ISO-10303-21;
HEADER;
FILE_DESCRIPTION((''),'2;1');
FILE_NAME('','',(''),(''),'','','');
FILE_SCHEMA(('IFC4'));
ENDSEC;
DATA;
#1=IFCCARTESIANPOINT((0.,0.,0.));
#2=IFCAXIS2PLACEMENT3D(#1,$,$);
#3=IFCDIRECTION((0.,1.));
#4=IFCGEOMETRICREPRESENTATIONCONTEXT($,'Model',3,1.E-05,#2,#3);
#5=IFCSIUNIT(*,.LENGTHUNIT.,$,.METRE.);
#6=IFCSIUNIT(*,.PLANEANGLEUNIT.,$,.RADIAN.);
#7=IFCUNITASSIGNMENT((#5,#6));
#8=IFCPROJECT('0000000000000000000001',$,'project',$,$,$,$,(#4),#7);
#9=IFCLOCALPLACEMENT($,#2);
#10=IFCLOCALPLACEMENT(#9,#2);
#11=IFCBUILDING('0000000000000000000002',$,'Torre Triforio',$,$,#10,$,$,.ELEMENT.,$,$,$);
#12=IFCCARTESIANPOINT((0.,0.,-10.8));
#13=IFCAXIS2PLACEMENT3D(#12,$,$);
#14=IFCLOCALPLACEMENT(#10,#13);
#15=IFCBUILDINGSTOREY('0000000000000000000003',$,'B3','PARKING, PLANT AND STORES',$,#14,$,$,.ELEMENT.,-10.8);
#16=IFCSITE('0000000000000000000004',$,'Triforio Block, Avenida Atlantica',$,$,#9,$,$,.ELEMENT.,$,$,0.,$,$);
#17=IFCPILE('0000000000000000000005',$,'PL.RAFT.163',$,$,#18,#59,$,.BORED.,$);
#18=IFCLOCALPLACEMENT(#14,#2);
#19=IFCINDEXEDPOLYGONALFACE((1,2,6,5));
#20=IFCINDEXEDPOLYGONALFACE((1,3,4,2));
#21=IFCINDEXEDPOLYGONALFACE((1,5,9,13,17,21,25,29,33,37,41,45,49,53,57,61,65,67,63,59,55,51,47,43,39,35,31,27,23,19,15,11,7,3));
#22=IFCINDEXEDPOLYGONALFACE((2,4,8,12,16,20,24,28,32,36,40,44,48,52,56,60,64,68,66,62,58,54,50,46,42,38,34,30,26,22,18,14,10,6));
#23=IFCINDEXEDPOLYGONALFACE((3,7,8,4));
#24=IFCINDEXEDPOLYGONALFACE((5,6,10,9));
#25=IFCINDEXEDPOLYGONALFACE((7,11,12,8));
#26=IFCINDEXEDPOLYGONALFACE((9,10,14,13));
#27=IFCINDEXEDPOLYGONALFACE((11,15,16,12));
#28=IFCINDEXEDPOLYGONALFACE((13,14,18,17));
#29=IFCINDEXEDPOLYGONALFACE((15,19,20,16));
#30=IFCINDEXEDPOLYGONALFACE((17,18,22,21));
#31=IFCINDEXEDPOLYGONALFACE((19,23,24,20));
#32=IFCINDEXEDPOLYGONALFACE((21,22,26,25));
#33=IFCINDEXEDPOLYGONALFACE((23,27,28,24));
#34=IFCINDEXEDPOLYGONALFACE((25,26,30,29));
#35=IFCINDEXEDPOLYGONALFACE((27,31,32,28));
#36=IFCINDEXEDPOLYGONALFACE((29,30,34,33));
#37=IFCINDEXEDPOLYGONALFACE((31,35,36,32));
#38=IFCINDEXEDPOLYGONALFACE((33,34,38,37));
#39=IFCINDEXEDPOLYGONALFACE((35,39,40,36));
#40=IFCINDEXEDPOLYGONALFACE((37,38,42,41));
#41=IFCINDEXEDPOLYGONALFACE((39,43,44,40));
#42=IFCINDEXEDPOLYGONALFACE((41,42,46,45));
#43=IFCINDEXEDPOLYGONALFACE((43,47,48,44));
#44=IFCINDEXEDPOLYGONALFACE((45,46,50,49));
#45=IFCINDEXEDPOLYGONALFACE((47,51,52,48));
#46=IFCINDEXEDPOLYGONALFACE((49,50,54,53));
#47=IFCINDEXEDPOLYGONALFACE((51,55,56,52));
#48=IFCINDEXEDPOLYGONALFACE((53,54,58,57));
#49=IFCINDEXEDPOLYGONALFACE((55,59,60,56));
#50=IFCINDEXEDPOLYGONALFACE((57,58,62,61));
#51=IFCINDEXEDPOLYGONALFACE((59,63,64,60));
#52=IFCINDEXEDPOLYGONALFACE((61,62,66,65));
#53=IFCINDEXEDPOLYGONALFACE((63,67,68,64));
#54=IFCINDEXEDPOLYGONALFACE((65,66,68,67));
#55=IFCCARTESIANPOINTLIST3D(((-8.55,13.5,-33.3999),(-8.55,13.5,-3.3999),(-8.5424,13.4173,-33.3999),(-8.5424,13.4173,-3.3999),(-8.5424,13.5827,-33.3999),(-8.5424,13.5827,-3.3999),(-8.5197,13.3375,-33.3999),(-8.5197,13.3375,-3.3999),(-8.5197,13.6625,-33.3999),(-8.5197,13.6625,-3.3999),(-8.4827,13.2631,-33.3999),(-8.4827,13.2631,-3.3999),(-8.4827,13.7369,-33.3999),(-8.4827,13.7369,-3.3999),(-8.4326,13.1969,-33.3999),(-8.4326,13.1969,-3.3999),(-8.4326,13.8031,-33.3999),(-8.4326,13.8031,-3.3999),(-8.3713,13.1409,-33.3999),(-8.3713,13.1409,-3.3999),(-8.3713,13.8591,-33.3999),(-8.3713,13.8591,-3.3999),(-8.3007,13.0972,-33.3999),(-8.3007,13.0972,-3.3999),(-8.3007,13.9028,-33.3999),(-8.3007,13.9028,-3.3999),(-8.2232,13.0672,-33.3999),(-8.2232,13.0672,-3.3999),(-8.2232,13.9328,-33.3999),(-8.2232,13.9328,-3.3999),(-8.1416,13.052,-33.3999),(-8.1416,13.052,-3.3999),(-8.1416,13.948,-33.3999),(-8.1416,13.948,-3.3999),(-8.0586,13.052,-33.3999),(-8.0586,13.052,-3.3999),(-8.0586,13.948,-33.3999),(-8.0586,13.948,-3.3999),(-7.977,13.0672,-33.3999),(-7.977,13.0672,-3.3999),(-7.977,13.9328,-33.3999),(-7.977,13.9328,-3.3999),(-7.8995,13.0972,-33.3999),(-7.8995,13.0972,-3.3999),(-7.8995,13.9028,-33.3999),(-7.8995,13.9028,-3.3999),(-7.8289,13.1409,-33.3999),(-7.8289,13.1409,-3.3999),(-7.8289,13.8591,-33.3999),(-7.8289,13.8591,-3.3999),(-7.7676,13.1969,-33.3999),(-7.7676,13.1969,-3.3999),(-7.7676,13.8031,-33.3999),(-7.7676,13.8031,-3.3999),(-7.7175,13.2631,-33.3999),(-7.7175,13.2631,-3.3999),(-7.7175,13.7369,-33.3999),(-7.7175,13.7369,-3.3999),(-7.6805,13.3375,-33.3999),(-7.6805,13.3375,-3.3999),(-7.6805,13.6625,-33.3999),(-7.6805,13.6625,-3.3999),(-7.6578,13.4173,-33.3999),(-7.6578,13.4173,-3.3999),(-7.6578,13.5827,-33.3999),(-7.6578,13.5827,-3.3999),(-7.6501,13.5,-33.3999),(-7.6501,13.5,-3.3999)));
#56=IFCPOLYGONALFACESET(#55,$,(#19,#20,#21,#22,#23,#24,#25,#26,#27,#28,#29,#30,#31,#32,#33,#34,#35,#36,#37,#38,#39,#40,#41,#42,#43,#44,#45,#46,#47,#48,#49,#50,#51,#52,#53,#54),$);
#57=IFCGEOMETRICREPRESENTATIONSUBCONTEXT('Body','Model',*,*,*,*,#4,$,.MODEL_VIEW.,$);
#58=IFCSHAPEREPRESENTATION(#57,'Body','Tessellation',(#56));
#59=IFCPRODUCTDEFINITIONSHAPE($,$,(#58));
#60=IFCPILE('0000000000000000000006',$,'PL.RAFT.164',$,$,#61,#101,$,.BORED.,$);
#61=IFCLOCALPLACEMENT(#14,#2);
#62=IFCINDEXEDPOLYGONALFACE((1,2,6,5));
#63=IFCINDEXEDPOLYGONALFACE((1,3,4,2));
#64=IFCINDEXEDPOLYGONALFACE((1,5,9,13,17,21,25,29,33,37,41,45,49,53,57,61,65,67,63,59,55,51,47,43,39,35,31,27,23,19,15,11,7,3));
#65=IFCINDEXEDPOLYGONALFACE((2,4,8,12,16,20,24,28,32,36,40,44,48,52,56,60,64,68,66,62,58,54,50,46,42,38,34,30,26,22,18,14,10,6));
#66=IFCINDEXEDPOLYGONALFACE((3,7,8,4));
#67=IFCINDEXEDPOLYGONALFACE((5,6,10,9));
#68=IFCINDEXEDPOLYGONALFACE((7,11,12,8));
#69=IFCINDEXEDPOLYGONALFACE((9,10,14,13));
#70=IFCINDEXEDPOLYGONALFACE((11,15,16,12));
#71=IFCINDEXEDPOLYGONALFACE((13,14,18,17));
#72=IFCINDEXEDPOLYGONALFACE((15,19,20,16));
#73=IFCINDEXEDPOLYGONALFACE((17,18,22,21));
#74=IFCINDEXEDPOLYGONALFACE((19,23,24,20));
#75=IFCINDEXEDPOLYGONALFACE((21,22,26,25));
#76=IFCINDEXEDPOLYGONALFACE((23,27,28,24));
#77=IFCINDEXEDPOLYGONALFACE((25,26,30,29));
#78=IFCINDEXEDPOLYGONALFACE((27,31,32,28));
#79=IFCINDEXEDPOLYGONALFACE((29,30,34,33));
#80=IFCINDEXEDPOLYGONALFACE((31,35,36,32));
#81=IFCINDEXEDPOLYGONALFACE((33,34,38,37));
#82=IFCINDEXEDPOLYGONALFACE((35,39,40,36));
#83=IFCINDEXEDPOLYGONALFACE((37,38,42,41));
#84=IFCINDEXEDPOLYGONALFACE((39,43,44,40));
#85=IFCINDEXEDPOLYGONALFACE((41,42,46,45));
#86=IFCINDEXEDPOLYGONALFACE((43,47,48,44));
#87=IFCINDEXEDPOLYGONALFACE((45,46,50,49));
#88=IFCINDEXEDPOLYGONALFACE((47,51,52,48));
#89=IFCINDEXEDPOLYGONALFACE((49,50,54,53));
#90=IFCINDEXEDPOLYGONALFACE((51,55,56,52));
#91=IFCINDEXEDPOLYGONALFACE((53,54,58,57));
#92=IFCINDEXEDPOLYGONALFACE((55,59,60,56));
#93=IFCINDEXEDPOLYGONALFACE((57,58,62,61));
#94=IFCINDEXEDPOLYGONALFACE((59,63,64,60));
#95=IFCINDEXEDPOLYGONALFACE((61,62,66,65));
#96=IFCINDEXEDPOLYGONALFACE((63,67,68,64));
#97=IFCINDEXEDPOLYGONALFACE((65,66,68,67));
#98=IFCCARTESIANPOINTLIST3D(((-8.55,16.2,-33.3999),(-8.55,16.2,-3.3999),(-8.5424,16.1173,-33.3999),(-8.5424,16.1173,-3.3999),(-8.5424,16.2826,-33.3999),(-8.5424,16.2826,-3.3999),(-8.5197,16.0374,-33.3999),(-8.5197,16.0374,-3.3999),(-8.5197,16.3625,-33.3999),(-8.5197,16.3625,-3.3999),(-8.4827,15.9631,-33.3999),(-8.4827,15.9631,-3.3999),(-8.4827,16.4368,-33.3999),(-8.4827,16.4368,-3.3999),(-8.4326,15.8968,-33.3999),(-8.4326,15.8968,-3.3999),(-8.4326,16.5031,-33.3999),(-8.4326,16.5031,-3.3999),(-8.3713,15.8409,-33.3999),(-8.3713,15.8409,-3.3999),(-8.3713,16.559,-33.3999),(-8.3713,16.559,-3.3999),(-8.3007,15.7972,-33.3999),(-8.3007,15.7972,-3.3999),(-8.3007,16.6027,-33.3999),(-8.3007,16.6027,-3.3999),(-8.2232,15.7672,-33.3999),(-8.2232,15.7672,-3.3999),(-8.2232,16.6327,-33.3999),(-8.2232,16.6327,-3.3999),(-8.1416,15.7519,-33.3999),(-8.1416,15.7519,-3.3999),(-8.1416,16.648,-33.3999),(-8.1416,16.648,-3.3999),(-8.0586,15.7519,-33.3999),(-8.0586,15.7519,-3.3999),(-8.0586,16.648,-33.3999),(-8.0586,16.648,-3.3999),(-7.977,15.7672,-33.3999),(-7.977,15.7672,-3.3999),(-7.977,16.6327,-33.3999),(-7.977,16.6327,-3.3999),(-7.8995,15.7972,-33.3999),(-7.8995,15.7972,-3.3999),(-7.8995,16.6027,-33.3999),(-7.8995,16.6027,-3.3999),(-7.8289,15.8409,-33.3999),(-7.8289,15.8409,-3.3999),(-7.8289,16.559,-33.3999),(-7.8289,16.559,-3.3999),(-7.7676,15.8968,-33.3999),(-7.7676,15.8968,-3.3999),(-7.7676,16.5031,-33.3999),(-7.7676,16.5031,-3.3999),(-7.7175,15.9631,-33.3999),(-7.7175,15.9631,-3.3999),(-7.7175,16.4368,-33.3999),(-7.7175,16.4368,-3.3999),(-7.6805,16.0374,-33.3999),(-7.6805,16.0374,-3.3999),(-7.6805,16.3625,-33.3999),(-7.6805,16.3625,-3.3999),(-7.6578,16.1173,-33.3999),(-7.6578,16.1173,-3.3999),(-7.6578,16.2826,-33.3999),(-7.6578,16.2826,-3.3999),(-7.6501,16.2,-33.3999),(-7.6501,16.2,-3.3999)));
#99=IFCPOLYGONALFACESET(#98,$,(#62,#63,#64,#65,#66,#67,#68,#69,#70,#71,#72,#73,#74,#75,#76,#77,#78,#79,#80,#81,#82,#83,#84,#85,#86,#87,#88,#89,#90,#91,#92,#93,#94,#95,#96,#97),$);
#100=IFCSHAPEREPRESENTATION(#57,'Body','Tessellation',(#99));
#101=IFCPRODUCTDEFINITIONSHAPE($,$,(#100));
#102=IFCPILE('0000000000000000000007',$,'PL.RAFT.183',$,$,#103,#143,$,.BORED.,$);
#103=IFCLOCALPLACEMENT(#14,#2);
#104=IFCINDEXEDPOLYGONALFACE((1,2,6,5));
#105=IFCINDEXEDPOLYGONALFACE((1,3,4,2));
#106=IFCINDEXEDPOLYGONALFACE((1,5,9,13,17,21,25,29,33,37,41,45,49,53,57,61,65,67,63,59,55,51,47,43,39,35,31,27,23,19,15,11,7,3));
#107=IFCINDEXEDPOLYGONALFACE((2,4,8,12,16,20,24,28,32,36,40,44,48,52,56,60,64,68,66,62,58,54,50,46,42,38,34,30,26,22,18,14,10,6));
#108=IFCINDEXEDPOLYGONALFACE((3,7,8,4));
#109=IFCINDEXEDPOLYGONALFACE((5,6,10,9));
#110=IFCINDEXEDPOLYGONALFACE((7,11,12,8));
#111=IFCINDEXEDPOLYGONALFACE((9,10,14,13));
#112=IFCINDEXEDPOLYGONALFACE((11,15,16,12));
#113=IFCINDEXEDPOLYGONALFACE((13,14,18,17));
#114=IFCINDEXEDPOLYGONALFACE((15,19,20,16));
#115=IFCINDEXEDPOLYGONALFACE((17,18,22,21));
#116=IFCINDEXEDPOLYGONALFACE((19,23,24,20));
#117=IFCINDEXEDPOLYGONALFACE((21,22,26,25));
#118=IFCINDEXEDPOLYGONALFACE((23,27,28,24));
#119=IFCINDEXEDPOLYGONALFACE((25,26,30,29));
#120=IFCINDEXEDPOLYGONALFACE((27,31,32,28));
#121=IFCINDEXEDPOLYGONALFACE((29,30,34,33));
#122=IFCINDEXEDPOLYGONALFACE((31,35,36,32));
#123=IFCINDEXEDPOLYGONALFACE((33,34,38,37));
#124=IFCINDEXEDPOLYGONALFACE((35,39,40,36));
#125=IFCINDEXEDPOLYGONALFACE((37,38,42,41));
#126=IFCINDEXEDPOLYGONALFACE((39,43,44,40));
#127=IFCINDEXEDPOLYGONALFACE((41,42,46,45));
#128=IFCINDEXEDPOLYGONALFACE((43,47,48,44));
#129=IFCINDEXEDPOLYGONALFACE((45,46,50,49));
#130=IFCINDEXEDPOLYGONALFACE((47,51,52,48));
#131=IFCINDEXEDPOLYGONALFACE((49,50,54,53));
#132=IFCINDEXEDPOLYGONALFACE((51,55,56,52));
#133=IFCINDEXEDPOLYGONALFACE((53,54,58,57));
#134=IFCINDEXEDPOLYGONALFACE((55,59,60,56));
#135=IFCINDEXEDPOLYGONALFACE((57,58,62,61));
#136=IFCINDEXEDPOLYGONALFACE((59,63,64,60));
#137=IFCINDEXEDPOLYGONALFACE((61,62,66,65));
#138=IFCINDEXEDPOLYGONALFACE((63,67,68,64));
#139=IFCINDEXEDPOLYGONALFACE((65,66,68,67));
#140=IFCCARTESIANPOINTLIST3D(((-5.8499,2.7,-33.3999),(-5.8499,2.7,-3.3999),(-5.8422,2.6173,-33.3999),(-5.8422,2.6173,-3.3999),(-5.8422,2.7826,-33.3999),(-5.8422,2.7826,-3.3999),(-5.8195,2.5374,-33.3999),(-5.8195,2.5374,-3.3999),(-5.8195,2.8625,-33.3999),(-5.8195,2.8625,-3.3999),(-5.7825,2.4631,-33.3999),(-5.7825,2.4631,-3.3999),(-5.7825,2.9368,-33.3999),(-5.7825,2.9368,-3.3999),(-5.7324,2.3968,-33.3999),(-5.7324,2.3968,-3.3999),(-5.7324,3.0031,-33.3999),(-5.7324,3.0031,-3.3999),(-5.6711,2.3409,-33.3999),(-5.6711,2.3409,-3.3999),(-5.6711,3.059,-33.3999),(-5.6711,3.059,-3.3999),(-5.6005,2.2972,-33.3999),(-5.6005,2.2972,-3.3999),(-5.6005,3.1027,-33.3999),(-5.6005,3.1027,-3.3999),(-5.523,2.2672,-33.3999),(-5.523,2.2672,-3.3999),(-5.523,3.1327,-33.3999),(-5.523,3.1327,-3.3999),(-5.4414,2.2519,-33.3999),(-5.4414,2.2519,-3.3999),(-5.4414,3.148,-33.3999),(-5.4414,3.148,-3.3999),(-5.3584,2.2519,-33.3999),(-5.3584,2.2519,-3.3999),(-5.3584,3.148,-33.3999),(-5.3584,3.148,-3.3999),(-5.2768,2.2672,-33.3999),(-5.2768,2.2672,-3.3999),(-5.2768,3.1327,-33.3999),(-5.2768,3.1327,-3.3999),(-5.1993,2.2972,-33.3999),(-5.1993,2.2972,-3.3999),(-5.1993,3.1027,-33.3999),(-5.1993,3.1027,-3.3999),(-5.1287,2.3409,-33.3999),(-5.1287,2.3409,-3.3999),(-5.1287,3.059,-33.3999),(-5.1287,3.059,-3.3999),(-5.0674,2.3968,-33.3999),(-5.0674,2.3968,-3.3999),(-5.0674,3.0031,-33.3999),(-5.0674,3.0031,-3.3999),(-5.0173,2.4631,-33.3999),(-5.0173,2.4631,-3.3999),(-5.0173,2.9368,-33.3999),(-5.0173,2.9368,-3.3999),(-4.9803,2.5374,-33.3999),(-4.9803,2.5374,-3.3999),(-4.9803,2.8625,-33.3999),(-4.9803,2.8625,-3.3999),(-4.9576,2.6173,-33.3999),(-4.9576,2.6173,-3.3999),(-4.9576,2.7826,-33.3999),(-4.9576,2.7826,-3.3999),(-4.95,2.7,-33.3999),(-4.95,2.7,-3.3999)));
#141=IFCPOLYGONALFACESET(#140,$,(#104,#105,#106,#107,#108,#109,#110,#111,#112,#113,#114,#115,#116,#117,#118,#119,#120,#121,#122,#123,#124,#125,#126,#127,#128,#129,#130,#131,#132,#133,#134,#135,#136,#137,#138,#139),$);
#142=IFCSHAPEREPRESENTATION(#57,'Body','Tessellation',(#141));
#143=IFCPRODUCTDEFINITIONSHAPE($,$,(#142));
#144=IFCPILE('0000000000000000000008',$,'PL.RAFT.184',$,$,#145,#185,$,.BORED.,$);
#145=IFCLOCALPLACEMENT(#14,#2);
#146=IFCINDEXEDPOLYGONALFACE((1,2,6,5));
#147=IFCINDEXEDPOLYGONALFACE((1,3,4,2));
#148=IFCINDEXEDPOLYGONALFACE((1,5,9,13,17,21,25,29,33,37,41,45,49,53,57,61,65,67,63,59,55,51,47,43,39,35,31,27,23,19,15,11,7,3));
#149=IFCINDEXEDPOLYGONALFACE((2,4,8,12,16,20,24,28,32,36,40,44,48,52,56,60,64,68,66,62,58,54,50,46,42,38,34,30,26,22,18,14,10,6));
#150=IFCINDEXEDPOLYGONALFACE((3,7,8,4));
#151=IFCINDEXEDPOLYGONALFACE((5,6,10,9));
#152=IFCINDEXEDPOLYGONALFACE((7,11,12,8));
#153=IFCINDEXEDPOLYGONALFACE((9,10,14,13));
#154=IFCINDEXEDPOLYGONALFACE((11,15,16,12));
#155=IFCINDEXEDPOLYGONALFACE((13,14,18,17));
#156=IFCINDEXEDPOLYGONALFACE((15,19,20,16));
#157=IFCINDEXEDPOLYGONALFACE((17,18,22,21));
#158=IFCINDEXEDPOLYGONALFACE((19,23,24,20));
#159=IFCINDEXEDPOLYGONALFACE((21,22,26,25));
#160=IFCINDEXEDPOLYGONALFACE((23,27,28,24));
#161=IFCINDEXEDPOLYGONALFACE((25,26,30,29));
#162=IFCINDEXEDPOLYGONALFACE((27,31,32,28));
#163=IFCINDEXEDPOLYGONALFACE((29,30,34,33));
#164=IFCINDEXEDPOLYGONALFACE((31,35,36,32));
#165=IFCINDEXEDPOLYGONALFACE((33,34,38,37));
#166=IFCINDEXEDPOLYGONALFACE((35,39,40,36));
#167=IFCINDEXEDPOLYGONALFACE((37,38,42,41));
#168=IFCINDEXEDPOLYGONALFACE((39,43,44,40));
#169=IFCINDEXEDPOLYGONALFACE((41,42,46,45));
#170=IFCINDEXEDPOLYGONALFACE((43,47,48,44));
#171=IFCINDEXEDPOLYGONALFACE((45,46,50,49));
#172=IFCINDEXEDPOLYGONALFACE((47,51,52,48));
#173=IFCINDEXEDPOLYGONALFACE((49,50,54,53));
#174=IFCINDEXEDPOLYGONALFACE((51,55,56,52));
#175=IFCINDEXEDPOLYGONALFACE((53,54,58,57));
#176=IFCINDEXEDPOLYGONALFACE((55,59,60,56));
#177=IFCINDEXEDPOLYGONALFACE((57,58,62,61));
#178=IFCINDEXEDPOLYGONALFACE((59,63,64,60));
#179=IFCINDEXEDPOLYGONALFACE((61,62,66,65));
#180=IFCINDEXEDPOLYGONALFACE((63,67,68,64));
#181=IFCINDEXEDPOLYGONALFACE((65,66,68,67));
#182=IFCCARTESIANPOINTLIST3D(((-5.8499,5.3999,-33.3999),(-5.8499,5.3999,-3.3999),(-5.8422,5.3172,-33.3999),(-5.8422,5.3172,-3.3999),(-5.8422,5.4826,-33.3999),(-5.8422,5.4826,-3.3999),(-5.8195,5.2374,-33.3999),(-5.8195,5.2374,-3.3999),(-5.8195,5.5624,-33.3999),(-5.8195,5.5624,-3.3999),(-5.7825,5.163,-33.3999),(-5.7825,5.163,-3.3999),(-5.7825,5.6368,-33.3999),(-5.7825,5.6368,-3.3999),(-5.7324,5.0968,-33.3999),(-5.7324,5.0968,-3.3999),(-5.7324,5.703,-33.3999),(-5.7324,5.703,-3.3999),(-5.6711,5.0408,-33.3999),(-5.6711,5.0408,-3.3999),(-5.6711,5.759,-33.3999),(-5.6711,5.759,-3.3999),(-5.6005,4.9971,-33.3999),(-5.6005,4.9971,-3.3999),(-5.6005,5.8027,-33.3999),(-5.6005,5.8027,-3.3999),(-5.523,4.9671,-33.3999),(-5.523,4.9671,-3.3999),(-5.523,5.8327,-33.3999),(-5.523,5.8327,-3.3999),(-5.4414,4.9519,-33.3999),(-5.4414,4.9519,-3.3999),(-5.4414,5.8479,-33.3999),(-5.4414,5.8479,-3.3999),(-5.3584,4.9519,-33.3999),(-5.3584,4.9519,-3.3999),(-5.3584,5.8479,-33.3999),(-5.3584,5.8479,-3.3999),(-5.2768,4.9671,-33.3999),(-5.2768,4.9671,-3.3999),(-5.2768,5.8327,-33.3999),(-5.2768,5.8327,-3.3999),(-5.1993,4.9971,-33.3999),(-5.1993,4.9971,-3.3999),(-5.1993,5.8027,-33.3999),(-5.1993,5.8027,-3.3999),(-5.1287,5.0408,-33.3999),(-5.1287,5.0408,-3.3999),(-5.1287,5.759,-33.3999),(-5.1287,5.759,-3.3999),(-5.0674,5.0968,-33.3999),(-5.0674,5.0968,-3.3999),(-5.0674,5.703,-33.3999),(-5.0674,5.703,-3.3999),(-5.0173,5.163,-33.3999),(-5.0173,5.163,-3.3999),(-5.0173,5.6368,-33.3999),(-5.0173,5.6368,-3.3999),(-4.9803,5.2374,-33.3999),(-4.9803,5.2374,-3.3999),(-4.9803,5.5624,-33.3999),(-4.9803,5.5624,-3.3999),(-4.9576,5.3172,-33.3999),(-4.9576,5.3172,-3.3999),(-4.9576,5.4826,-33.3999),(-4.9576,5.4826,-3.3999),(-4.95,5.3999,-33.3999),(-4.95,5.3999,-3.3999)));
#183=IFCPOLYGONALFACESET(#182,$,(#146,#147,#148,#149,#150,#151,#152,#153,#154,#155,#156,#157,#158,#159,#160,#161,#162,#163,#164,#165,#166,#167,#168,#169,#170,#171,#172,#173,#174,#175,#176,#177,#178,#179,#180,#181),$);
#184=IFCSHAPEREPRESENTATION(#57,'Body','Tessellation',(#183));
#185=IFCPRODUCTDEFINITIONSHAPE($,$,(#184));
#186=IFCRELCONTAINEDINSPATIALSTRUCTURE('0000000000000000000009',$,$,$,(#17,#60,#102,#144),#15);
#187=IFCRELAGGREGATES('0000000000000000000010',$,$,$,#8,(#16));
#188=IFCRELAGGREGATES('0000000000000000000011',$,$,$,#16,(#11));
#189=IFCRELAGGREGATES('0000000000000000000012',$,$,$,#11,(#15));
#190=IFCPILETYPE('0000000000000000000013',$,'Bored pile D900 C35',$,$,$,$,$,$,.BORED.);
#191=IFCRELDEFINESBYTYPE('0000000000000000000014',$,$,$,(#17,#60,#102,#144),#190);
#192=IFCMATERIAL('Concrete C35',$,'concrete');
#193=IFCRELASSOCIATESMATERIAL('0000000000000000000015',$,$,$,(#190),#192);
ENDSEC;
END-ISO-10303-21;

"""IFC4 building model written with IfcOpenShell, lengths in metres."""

from ifc_helpers import new_model, si_unit, direction, frame, origin, origin_2d, place, context, subcontext, project, spatial, circle, extrude, material, material_profile, profile_set, type_object, element, save


model = new_model("IFC4")

# Units and contexts
model_context = context("Model", 3, precision=1e-05, world=origin(), true_north=direction((0.0, 1.0)))
body_context = subcontext(model_context, "Body", "Model", "MODEL_VIEW")
ifc_project = project(units=[si_unit("LENGTHUNIT", "METRE"), si_unit("PLANEANGLEUNIT", "RADIAN")], contexts=[model_context])

# Site, building, storey
site_placement = place(None, origin())
site = spatial("IfcSite", under=ifc_project, at=site_placement, Name="Triforio Block, Avenida Atlantica", CompositionType="ELEMENT", RefElevation=0.0)
building_placement = place(site_placement, origin())
building = spatial("IfcBuilding", under=site, at=building_placement, Name="Torre Triforio", CompositionType="ELEMENT")
storey_placement = place(building_placement, frame((0.0, 0.0, -10.8)))
storey = spatial("IfcBuildingStorey", under=building, at=storey_placement, Name="B3", Description="PARKING, PLANT AND STORES", CompositionType="ELEMENT", Elevation=-10.8)

# Piles
ifc_material_1 = material(Name="Concrete C35", Category="concrete")
ifc_material_profile = material_profile(ifc_material_1, circle(Radius=0.45, at=origin_2d()), Name="RC D900")
ifc_profile_set = profile_set([ifc_material_profile], Name="Concrete C35")
pile_type = type_object("IfcPileType", Name="Bored pile D900 C35", PredefinedType="BORED", material=ifc_profile_set)
for number, where, z_axis, x_axis, name in (
    (1, (-8.1001, 13.5, -3.3999), (0.0, 0.0, -1.0), (1.0, 0.0, 0.0), "PL.RAFT.163"),
    (2, (-8.1001, 16.2, -3.3999), (0.0, 0.0, -1.0), (1.0, 0.0, 0.0), "PL.RAFT.164"),
    (3, (-5.3999, 2.7, -3.3999), (0.0, 0.0, -1.0), (1.0, 0.0, 0.0), "PL.RAFT.183"),
    (4, (-5.3999, 5.3999, -3.3999), (0.0, 0.0, -1.0), (1.0, 0.0, 0.0), "PL.RAFT.184"),
):
    element("IfcPile", number, at=place(storey_placement, frame(where, z_axis=z_axis, x_axis=x_axis)), inside=storey, type_object=pile_type, Name=name, PredefinedType="BORED", context=body_context, shape_type="SweptSolid", body=[
        extrude(circle(Radius=0.45, at=origin_2d()), origin(), (0.0, 0.0, 1.0), 30.0),
    ])

save(model, "model.ifc")
